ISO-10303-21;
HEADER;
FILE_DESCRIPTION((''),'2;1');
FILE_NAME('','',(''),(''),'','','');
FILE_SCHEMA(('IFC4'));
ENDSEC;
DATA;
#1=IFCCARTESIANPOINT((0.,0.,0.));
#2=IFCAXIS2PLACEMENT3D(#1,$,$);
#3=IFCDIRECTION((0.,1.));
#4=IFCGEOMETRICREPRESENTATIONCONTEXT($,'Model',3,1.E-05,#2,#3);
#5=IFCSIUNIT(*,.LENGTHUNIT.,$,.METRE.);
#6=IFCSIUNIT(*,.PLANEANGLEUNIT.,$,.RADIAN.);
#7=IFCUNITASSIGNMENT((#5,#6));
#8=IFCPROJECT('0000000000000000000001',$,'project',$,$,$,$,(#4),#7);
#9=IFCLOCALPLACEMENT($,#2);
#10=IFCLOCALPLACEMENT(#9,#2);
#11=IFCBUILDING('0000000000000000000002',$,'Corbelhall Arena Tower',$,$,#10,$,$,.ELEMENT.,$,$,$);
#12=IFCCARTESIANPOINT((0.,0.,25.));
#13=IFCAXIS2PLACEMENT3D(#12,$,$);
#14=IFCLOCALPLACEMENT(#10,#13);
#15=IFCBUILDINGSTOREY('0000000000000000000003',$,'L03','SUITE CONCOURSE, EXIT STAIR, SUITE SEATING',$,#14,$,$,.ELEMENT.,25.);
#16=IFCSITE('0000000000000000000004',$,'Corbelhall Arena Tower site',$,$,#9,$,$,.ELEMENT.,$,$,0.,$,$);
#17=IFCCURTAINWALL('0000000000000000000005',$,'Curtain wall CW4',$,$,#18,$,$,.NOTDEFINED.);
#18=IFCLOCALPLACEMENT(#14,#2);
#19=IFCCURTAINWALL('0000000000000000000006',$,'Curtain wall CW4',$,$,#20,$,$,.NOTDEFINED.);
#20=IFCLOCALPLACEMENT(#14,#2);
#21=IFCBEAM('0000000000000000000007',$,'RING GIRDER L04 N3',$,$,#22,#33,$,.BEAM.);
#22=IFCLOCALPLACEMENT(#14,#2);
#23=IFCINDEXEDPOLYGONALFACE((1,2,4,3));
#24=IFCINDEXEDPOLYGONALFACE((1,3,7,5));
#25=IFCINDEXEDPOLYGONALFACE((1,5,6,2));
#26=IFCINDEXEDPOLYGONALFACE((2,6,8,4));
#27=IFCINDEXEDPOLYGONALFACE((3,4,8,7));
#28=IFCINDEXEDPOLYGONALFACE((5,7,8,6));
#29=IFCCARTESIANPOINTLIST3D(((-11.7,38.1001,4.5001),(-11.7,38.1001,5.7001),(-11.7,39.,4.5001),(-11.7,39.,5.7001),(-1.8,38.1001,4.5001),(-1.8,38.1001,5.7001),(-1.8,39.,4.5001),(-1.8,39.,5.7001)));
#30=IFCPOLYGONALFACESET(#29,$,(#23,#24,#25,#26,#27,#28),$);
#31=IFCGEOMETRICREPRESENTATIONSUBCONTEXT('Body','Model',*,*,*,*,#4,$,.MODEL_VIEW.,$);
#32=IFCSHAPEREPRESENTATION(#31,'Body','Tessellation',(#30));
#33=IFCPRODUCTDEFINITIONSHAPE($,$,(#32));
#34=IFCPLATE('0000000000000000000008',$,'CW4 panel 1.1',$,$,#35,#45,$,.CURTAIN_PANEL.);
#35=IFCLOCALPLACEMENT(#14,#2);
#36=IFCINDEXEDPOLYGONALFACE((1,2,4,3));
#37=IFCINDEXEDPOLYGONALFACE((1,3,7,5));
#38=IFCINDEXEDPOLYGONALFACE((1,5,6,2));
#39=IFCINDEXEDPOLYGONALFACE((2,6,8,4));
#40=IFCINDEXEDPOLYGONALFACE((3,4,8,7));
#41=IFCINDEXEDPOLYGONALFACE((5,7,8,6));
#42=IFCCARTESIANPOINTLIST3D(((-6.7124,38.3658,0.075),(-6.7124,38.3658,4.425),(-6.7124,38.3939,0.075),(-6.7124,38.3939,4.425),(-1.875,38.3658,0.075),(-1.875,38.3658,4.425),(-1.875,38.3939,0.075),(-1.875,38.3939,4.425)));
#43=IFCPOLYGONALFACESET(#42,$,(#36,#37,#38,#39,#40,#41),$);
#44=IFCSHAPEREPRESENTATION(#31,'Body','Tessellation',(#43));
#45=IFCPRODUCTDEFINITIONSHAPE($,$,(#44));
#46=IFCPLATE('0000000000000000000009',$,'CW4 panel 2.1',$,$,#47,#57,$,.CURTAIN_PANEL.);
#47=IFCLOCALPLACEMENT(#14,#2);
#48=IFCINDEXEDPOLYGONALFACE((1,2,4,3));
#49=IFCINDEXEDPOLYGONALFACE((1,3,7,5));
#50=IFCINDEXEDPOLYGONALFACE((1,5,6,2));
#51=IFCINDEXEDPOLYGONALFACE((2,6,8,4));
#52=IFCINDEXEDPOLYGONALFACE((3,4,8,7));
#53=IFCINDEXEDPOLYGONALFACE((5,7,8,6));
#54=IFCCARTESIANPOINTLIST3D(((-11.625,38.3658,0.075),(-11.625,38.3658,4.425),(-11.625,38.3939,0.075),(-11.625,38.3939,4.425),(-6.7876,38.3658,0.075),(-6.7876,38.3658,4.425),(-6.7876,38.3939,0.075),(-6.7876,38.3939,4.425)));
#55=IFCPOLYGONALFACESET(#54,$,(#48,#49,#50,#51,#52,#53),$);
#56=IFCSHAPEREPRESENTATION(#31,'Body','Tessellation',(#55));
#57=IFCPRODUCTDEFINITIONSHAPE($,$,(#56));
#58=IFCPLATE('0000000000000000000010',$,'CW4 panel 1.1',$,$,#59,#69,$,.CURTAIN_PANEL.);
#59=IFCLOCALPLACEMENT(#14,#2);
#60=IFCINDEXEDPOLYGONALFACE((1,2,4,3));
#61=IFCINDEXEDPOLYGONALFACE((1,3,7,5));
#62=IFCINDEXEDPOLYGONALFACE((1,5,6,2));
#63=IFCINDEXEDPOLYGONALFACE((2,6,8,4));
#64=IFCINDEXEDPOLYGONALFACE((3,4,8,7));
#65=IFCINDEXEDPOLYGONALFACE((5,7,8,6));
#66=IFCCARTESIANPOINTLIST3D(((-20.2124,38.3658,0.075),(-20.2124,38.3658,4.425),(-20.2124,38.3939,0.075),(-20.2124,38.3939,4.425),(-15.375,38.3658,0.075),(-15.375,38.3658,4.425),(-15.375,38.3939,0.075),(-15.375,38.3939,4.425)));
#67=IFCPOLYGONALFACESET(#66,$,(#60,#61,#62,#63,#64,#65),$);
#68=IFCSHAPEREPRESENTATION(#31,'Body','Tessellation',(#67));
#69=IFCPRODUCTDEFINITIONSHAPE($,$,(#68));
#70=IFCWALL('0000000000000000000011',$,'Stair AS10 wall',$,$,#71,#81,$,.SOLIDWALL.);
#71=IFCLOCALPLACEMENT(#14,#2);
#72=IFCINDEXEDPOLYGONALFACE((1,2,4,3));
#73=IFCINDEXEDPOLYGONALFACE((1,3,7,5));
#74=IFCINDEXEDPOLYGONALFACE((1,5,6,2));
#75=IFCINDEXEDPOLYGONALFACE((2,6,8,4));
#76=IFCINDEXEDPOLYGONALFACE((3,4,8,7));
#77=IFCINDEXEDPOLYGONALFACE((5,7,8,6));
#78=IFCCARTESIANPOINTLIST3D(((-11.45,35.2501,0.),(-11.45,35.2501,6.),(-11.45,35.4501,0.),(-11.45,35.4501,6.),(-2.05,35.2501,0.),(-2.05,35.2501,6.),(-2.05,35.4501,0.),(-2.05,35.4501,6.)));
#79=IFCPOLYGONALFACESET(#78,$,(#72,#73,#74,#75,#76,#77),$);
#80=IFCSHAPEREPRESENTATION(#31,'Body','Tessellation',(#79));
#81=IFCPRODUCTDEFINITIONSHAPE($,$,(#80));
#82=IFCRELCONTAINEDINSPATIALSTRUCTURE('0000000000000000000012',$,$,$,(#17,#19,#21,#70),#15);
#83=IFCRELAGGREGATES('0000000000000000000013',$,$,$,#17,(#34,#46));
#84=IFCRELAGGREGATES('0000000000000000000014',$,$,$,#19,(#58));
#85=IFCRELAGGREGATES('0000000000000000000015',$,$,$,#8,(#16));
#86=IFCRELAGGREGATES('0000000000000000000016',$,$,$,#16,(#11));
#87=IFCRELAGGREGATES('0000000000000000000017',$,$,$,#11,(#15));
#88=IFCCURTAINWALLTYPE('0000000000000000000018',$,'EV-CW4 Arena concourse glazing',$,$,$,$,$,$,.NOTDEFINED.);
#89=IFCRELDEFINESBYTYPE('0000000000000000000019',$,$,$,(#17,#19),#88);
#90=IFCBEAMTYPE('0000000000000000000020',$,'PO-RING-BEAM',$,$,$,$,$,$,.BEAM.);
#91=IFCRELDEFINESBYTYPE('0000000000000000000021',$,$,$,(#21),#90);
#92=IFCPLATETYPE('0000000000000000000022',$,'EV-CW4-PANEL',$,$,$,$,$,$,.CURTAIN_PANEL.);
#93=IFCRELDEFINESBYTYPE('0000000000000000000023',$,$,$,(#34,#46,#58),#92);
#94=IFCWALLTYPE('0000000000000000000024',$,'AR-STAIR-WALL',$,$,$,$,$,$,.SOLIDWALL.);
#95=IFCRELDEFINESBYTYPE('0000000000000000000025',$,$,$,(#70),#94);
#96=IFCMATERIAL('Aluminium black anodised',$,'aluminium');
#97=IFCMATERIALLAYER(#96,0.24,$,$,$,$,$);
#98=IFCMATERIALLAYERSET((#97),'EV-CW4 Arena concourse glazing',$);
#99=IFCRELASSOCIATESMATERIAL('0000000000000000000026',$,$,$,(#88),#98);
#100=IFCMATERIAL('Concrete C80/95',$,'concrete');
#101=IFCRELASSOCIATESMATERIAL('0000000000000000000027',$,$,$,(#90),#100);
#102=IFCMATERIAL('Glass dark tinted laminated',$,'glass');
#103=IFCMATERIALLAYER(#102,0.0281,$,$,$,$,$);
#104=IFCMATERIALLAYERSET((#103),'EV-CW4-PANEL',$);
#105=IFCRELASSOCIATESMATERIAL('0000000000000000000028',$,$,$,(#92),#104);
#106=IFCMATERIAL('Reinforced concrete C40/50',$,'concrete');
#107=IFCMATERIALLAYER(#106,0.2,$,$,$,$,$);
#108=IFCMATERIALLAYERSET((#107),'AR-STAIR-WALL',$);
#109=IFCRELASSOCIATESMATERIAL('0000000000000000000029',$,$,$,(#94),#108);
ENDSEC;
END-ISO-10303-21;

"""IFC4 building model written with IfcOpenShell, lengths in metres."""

from ifc_helpers import new_model, si_unit, direction, frame, frame_2d, origin, origin_2d, place, context, subcontext, project, spatial, rectangle, extrude, material, layer, layer_set, material_profile, profile_set, type_object, element, aggregate, save


model = new_model("IFC4")

# Units and contexts
model_context = context("Model", 3, precision=1e-05, world=origin(), true_north=direction((0.0, 1.0)))
body_context = subcontext(model_context, "Body", "Model", "MODEL_VIEW")
ifc_project = project(units=[si_unit("LENGTHUNIT", "METRE"), si_unit("PLANEANGLEUNIT", "RADIAN")], contexts=[model_context])

# Site, building, storey
site_placement = place(None, origin())
site = spatial("IfcSite", under=ifc_project, at=site_placement, Name="Corbelhall Arena Tower site", CompositionType="ELEMENT", RefElevation=0.0)
building_placement = place(site_placement, origin())
building = spatial("IfcBuilding", under=site, at=building_placement, Name="Corbelhall Arena Tower", CompositionType="ELEMENT")
storey_placement = place(building_placement, frame((0.0, 0.0, 25.0)))
storey = spatial("IfcBuildingStorey", under=building, at=storey_placement, Name="L03", Description="SUITE CONCOURSE, EXIT STAIR, SUITE SEATING", CompositionType="ELEMENT", Elevation=25.0)

# Shared definitions
ifc_material_1 = material(Name="Concrete C80/95", Category="concrete")

# Curtain wall
ifc_material_2 = material(Name="Aluminium black anodised", Category="aluminium")
ifc_layer_1 = layer(ifc_material_2, 0.24)
ifc_layer_set_1 = layer_set([ifc_layer_1], Name="EV-CW4 Arena concourse glazing")
curtain_wall_type = type_object("IfcCurtainWallType", Name="EV-CW4 Arena concourse glazing", PredefinedType="NOTDEFINED", material=ifc_layer_set_1)
curtain_wall_1_placement = place(storey_placement, origin())
curtain_wall_1 = element("IfcCurtainWall", 1, at=curtain_wall_1_placement, inside=storey, type_object=curtain_wall_type, Name="Curtain wall CW4", PredefinedType="NOTDEFINED")

# Curtain wall
curtain_wall_2_placement = place(storey_placement, origin())
curtain_wall_2 = element("IfcCurtainWall", 2, at=curtain_wall_2_placement, inside=storey, type_object=curtain_wall_type, Name="Curtain wall CW4", PredefinedType="NOTDEFINED")

# Beam
ifc_material_profile_1 = material_profile(ifc_material_1, rectangle(XDim=0.8999, YDim=1.2, at=origin_2d()))
ifc_profile_set_1 = profile_set([ifc_material_profile_1], Name="Concrete C80/95")
beam_type_1 = type_object("IfcBeamType", Name="PO-RING-BEAM", PredefinedType="BEAM", material=ifc_profile_set_1)
beam_1_placement = place(storey_placement, frame((-11.7, 38.55, 5.1001), z_axis=(1.0, 0.0, 0.0), x_axis=(0.0, 1.0, 0.0)))
element("IfcBeam", 3, at=beam_1_placement, inside=storey, type_object=beam_type_1, Name="RING GIRDER L04 N3", PredefinedType="BEAM", context=body_context, shape_type="SweptSolid", body=[
    extrude(rectangle(XDim=0.8999, YDim=1.2, at=origin_2d()), origin(), (0.0, 0.0, 1.0), 9.8999),
])

# Plates
ifc_material_3 = material(Name="Glass dark tinted laminated", Category="glass")
ifc_layer_2 = layer(ifc_material_3, 0.0281)
ifc_layer_set_2 = layer_set([ifc_layer_2], Name="EV-CW4-PANEL")
plate_type = type_object("IfcPlateType", Name="EV-CW4-PANEL", PredefinedType="CURTAIN_PANEL", material=ifc_layer_set_2)
plate_1_placement = place(storey_placement, frame((-4.2937, 38.3799, 0.075), z_axis=(0.0, 0.0, 1.0), x_axis=(-1.0, 0.0, 0.0)))
plate_1 = element("IfcPlate", 4, at=plate_1_placement, type_object=plate_type, Name="CW4 panel 1.1", PredefinedType="CURTAIN_PANEL", context=body_context, shape_type="SweptSolid", body=[
    extrude(rectangle(XDim=4.8374, YDim=0.0281, at=origin_2d()), origin(), (0.0, 0.0, 1.0), 4.3501),
])
plate_2_placement = place(storey_placement, frame((-9.2063, 38.3799, 0.075), z_axis=(0.0, 0.0, 1.0), x_axis=(-1.0, 0.0, 0.0)))
plate_2 = element("IfcPlate", 5, at=plate_2_placement, type_object=plate_type, Name="CW4 panel 2.1", PredefinedType="CURTAIN_PANEL", context=body_context, shape_type="SweptSolid", body=[
    extrude(rectangle(XDim=4.8374, YDim=0.0281, at=origin_2d()), origin(), (0.0, 0.0, 1.0), 4.3501),
])
aggregate(curtain_wall_1, [plate_1, plate_2])
plate_3_placement = place(storey_placement, frame((-17.7937, 38.3799, 0.075), z_axis=(0.0, 0.0, 1.0), x_axis=(-1.0, 0.0, 0.0)))
plate_3 = element("IfcPlate", 6, at=plate_3_placement, type_object=plate_type, Name="CW4 panel 1.1", PredefinedType="CURTAIN_PANEL", context=body_context, shape_type="SweptSolid", body=[
    extrude(rectangle(XDim=4.8374, YDim=0.0281, at=origin_2d()), origin(), (0.0, 0.0, 1.0), 4.3501),
])
aggregate(curtain_wall_2, [plate_3])

# Wall
ifc_material_4 = material(Name="Reinforced concrete C40/50", Category="concrete")
ifc_layer_3 = layer(ifc_material_4, 0.2)
ifc_layer_set_3 = layer_set([ifc_layer_3], Name="AR-STAIR-WALL")
wall_type = type_object("IfcWallType", Name="AR-STAIR-WALL", PredefinedType="SOLIDWALL", material=ifc_layer_set_3)
wall_placement = place(storey_placement, frame((-11.45, 35.3501, 0.0), z_axis=(0.0, 0.0, 1.0), x_axis=(1.0, 0.0, 0.0)))
element("IfcWall", 7, at=wall_placement, inside=storey, type_object=wall_type, Name="Stair AS10 wall", PredefinedType="SOLIDWALL", context=body_context, shape_type="SweptSolid", body=[
    extrude(rectangle(XDim=9.3999, YDim=0.2, at=frame_2d((4.7, 0.0))), origin(), (0.0, 0.0, 1.0), 6.0),
])

save(model, "model.ifc")
